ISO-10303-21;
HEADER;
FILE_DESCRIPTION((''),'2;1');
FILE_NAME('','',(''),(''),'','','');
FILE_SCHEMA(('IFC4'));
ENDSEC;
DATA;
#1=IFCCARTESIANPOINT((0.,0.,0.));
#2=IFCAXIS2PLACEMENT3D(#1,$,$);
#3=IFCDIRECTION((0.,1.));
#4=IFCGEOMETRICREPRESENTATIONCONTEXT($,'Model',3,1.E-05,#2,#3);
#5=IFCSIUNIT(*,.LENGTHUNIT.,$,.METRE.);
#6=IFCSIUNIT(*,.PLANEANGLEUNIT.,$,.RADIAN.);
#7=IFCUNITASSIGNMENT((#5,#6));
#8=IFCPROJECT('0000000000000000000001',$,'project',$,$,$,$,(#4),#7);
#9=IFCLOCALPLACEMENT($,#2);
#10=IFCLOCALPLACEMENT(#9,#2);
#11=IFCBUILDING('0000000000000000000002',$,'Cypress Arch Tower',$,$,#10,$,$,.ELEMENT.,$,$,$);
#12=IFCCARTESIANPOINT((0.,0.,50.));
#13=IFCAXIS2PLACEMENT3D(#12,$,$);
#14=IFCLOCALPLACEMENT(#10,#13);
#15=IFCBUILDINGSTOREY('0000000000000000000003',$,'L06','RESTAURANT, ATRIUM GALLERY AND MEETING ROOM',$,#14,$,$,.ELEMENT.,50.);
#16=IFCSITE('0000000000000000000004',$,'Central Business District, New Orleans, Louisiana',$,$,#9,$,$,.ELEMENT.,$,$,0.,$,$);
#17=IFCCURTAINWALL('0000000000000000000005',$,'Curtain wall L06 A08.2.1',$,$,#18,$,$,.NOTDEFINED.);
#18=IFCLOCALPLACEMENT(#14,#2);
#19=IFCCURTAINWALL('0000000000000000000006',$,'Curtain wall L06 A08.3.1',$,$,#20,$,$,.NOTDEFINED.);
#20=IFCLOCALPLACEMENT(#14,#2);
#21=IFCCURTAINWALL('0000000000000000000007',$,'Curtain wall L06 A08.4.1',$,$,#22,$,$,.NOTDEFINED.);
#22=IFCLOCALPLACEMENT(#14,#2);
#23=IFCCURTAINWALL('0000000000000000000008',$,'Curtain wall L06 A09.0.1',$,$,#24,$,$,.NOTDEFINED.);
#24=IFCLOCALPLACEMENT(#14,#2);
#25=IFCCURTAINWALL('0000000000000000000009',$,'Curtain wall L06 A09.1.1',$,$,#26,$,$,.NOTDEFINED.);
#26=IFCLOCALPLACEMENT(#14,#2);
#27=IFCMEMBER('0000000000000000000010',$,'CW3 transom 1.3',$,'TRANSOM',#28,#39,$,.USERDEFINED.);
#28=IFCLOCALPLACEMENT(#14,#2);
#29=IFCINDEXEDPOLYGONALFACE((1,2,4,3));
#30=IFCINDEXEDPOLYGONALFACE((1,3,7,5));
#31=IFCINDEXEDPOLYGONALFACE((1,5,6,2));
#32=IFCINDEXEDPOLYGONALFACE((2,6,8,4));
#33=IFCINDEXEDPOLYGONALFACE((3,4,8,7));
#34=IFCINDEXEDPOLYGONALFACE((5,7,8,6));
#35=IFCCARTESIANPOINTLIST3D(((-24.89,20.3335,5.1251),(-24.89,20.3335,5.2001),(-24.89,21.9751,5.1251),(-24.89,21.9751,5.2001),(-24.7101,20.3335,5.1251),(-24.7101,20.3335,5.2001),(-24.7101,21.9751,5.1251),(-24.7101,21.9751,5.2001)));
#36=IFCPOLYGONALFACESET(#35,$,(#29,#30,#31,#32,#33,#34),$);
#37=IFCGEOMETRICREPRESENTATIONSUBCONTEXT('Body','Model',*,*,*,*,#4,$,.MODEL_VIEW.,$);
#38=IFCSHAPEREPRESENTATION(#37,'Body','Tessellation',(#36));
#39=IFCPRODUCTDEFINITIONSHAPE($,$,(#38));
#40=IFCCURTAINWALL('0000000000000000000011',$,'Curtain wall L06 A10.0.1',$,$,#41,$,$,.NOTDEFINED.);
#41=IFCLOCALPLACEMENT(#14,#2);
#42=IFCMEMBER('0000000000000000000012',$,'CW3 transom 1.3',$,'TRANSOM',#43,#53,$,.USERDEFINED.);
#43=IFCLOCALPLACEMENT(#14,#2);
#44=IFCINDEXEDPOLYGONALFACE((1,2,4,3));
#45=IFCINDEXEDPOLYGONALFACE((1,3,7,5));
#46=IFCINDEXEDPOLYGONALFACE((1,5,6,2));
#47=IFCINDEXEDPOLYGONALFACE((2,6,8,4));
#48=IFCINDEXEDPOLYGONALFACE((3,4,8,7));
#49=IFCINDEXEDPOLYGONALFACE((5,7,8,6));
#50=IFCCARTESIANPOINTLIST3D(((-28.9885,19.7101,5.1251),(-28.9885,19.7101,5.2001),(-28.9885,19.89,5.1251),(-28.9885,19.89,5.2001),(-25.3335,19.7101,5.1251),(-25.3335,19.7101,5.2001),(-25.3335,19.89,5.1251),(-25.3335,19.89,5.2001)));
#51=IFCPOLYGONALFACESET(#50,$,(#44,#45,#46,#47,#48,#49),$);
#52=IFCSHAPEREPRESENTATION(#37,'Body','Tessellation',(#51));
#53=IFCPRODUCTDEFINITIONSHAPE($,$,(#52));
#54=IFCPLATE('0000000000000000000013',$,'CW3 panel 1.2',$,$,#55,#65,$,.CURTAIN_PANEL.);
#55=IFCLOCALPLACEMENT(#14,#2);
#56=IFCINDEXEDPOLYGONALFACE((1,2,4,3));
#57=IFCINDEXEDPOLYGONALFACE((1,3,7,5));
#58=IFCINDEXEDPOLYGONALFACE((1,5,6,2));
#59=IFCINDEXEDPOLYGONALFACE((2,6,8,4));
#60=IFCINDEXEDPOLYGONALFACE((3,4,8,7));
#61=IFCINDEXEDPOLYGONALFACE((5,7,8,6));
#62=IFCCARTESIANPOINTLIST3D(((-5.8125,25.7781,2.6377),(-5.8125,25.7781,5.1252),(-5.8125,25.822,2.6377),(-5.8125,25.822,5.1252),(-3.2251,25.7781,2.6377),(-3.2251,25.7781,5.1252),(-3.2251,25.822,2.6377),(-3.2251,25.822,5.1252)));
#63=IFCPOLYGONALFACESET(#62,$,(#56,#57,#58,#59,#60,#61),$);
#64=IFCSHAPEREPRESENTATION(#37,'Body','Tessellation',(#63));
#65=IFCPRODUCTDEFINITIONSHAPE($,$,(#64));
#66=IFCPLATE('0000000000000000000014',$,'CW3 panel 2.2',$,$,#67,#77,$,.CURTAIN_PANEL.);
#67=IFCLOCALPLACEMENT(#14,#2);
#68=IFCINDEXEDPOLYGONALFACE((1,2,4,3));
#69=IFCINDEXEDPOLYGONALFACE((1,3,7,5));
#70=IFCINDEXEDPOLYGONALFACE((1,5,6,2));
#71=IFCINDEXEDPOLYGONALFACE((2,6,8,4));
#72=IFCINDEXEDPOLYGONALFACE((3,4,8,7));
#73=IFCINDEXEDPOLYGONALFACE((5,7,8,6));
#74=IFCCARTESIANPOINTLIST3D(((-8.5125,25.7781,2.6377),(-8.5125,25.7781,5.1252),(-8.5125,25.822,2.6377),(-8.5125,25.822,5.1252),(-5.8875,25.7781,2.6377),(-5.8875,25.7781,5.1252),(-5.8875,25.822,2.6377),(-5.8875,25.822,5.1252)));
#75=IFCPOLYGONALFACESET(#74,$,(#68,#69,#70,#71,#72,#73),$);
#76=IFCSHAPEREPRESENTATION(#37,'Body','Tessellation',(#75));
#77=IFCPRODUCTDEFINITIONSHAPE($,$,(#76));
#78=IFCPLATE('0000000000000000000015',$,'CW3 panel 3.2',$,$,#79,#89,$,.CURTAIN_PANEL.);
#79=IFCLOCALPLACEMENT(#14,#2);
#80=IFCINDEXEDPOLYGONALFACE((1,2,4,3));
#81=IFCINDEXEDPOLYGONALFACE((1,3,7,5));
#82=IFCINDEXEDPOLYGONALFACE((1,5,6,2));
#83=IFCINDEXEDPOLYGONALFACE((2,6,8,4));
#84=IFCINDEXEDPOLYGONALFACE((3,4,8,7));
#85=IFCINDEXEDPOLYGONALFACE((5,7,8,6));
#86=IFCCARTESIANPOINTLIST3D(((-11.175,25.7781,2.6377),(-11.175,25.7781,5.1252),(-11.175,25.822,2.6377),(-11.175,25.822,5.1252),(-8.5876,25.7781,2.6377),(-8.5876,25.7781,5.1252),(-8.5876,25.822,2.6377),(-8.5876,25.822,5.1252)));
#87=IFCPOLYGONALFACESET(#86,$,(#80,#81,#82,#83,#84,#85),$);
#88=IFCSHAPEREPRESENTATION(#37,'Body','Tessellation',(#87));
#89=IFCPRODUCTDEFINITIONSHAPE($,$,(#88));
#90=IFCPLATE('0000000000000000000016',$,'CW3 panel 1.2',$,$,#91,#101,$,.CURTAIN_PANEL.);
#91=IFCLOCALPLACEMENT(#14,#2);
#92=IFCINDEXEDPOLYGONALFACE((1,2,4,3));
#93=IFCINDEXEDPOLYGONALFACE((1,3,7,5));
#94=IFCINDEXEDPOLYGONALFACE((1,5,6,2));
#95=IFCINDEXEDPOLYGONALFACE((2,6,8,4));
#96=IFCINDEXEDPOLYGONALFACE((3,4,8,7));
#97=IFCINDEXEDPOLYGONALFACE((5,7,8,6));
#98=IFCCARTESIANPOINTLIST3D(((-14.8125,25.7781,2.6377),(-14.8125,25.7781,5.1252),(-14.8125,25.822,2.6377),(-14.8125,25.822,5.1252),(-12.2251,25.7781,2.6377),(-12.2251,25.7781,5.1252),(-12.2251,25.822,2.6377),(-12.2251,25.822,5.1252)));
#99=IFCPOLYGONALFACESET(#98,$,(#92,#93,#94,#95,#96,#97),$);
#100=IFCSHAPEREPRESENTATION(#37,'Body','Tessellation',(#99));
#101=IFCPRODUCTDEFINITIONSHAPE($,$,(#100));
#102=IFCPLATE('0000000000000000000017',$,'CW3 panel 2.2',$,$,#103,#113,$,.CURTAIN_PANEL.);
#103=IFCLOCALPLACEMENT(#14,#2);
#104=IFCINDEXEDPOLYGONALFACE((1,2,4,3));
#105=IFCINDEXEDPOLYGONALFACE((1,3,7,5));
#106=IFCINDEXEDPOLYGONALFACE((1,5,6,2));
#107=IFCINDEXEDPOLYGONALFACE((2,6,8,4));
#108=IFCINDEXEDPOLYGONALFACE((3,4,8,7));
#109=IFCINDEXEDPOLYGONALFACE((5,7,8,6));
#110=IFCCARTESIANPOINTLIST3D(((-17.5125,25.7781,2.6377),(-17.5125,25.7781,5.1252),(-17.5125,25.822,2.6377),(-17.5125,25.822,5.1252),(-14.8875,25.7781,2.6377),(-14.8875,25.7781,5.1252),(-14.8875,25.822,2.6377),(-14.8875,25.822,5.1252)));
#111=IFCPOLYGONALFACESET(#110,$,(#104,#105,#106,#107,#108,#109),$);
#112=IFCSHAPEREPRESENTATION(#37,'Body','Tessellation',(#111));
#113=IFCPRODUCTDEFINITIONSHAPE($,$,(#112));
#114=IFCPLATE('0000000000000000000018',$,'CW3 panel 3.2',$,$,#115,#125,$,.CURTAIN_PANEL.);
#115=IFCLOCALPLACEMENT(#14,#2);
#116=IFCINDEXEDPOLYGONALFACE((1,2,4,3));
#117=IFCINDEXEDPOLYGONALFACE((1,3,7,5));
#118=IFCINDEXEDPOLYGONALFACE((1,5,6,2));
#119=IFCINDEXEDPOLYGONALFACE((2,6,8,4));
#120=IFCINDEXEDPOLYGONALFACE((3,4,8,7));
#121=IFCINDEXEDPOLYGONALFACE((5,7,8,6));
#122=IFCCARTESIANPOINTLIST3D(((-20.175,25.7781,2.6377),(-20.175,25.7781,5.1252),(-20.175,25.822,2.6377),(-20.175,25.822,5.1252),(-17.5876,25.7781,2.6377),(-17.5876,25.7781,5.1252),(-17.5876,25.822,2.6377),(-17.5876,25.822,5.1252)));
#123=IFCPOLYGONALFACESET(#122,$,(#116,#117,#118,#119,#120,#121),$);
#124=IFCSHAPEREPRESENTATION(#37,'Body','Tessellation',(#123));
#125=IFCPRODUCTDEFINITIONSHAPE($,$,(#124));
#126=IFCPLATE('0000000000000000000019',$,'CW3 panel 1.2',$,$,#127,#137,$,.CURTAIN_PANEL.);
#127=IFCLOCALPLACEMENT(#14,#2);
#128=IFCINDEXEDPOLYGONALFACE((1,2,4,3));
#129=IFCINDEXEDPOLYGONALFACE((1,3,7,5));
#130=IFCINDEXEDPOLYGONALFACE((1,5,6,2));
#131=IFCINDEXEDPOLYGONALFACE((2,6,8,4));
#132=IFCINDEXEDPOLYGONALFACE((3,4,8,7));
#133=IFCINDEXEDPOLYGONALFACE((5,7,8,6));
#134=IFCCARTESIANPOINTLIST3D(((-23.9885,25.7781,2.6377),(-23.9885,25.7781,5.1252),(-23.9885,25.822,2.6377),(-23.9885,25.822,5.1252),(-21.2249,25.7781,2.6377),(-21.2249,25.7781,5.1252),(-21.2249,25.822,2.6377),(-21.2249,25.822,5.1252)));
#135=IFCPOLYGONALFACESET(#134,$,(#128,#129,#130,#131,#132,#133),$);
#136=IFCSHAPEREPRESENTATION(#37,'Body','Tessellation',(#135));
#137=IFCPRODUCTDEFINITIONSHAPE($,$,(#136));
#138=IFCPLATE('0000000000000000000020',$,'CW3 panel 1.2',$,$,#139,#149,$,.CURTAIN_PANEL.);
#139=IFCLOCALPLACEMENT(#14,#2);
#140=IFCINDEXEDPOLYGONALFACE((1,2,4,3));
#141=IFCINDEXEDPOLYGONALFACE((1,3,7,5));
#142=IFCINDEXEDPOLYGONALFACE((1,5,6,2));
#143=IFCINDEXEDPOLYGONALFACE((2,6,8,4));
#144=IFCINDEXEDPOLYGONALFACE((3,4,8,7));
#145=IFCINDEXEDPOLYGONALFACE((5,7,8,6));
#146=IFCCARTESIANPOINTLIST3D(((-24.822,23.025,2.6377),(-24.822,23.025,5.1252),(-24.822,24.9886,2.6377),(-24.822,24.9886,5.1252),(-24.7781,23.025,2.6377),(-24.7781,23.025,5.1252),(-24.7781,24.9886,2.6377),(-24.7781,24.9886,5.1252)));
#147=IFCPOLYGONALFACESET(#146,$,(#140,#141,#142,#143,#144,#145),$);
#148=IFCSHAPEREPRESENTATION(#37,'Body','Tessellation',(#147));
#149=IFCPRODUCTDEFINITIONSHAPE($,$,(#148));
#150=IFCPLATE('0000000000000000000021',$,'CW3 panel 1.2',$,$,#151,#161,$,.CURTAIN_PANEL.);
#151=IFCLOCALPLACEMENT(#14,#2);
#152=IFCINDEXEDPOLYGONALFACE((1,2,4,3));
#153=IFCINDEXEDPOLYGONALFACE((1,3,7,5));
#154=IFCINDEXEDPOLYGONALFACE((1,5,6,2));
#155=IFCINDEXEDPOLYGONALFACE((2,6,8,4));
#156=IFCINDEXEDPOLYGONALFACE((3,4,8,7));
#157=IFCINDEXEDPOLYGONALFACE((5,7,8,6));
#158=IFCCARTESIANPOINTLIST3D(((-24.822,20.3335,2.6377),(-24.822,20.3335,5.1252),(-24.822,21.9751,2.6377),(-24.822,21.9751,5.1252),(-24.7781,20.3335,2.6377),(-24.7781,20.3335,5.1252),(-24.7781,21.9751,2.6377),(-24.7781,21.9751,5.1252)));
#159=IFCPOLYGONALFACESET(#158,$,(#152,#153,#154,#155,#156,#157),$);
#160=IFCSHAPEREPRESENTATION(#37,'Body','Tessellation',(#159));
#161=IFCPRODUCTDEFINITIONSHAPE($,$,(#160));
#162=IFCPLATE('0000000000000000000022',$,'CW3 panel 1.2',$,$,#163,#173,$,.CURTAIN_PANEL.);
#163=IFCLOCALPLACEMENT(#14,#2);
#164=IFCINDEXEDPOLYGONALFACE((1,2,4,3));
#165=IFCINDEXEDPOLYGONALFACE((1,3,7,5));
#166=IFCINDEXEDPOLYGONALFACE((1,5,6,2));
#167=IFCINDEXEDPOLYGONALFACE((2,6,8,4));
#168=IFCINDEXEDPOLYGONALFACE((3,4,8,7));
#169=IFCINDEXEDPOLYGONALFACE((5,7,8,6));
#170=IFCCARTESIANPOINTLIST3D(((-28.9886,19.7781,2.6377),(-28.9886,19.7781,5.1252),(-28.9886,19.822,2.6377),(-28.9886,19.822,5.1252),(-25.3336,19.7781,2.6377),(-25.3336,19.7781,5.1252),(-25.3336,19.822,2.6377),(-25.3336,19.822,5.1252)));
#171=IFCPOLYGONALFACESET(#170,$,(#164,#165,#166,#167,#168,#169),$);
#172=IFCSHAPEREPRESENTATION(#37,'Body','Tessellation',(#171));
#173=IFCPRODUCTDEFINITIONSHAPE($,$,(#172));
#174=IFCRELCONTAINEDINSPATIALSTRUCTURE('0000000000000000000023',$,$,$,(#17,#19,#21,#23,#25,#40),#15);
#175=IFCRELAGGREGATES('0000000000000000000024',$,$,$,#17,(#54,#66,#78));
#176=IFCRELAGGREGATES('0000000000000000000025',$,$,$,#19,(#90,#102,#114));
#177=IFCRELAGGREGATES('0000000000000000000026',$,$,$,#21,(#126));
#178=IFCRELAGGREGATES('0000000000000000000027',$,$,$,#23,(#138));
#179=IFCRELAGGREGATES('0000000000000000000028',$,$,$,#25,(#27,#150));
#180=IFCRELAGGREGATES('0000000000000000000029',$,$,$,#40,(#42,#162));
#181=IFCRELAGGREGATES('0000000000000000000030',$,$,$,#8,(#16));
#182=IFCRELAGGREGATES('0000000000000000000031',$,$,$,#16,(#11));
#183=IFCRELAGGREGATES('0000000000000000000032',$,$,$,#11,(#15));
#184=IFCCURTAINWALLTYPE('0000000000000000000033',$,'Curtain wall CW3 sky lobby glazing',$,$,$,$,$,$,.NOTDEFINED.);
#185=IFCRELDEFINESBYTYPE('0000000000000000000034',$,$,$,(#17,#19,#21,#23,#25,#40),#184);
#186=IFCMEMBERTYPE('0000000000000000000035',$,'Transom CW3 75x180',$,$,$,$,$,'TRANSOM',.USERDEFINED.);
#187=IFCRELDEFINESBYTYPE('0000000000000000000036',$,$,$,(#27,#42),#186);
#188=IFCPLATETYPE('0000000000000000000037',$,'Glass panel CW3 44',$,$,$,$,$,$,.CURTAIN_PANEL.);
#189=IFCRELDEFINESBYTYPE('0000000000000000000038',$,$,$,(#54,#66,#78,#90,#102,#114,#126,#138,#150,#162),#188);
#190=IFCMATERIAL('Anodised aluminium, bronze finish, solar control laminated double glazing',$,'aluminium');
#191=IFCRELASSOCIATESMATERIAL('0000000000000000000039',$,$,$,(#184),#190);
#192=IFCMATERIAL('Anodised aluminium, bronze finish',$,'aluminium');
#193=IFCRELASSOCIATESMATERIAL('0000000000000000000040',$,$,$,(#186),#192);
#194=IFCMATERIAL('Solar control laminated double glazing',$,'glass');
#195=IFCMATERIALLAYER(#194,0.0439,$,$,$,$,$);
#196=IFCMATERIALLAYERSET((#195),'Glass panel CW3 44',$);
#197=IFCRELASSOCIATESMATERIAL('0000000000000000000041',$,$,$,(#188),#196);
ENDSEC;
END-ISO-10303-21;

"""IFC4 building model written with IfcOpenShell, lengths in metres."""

from ifc_helpers import new_model, si_unit, direction, frame, origin, origin_2d, place, context, subcontext, project, spatial, rectangle, extrude, material, layer, layer_set, material_profile, profile_set, type_object, element, aggregate, save


model = new_model("IFC4")

# Units and contexts
model_context = context("Model", 3, precision=1e-05, world=origin(), true_north=direction((0.0, 1.0)))
body_context = subcontext(model_context, "Body", "Model", "MODEL_VIEW")
ifc_project = project(units=[si_unit("LENGTHUNIT", "METRE"), si_unit("PLANEANGLEUNIT", "RADIAN")], contexts=[model_context])

# Site, building, storey
site_placement = place(None, origin())
site = spatial("IfcSite", under=ifc_project, at=site_placement, Name="Central Business District, New Orleans, Louisiana", CompositionType="ELEMENT", RefElevation=0.0)
building_placement = place(site_placement, origin())
building = spatial("IfcBuilding", under=site, at=building_placement, Name="Cypress Arch Tower", CompositionType="ELEMENT")
storey_placement = place(building_placement, frame((0.0, 0.0, 50.0)))
storey = spatial("IfcBuildingStorey", under=building, at=storey_placement, Name="L06", Description="RESTAURANT, ATRIUM GALLERY AND MEETING ROOM", CompositionType="ELEMENT", Elevation=50.0)

# Curtain walls
ifc_material_1 = material(Name="Anodised aluminium, bronze finish, solar control laminated double glazing", Category="aluminium")
curtain_wall_type = type_object("IfcCurtainWallType", Name="Curtain wall CW3 sky lobby glazing", PredefinedType="NOTDEFINED", material=ifc_material_1)
curtain_wall_1_placement = place(storey_placement, origin())
curtain_wall_1 = element("IfcCurtainWall", 1, at=curtain_wall_1_placement, inside=storey, type_object=curtain_wall_type, Name="Curtain wall L06 A08.2.1", PredefinedType="NOTDEFINED")
ifc_material_2 = material(Name="Anodised aluminium, bronze finish", Category="aluminium")
ifc_material_profile_1 = material_profile(ifc_material_2, rectangle(XDim=0.1799, YDim=0.075, at=origin_2d()), Name="Transom 75x180")
ifc_profile_set_1 = profile_set([ifc_material_profile_1], Name="Anodised aluminium, bronze finish")
member_type = type_object("IfcMemberType", Name="Transom CW3 75x180", ElementType="TRANSOM", PredefinedType="USERDEFINED", material=ifc_profile_set_1)
curtain_wall_2_placement = place(storey_placement, origin())
curtain_wall_2 = element("IfcCurtainWall", 2, at=curtain_wall_2_placement, inside=storey, type_object=curtain_wall_type, Name="Curtain wall L06 A08.3.1", PredefinedType="NOTDEFINED")
curtain_wall_3_placement = place(storey_placement, origin())
curtain_wall_3 = element("IfcCurtainWall", 3, at=curtain_wall_3_placement, inside=storey, type_object=curtain_wall_type, Name="Curtain wall L06 A08.4.1", PredefinedType="NOTDEFINED")

# Curtain walls, members
curtain_wall_4_placement = place(storey_placement, origin())
curtain_wall_4 = element("IfcCurtainWall", 4, at=curtain_wall_4_placement, inside=storey, type_object=curtain_wall_type, Name="Curtain wall L06 A09.0.1", PredefinedType="NOTDEFINED")
curtain_wall_5_placement = place(storey_placement, origin())
curtain_wall_5 = element("IfcCurtainWall", 5, at=curtain_wall_5_placement, inside=storey, type_object=curtain_wall_type, Name="Curtain wall L06 A09.1.1", PredefinedType="NOTDEFINED")
member_1_placement = place(storey_placement, frame((-24.8, 21.9751, 5.1626), z_axis=(0.0, -1.0, 0.0), x_axis=(1.0, 0.0, 0.0)))
member_1 = element("IfcMember", 6, at=member_1_placement, type_object=member_type, Name="CW3 transom 1.3", ObjectType="TRANSOM", PredefinedType="USERDEFINED", context=body_context, shape_type="SweptSolid", body=[
    extrude(rectangle(XDim=0.1799, YDim=0.075, at=origin_2d()), origin(), (0.0, 0.0, 1.0), 1.6416),
])
curtain_wall_6_placement = place(storey_placement, origin())
curtain_wall_6 = element("IfcCurtainWall", 7, at=curtain_wall_6_placement, inside=storey, type_object=curtain_wall_type, Name="Curtain wall L06 A10.0.1", PredefinedType="NOTDEFINED")
member_2_placement = place(storey_placement, frame((-25.3335, 19.8, 5.1626), z_axis=(-1.0, 0.0, 0.0), x_axis=(0.0, -1.0, 0.0)))
member_2 = element("IfcMember", 8, at=member_2_placement, type_object=member_type, Name="CW3 transom 1.3", ObjectType="TRANSOM", PredefinedType="USERDEFINED", context=body_context, shape_type="SweptSolid", body=[
    extrude(rectangle(XDim=0.1799, YDim=0.075, at=origin_2d()), origin(), (0.0, 0.0, 1.0), 3.655),
])

# Plates
ifc_material_3 = material(Name="Solar control laminated double glazing", Category="glass")
ifc_layer = layer(ifc_material_3, 0.0439)
ifc_layer_set = layer_set([ifc_layer], Name="Glass panel CW3 44")
plate_type = type_object("IfcPlateType", Name="Glass panel CW3 44", PredefinedType="CURTAIN_PANEL", material=ifc_layer_set)
plate_1_placement = place(storey_placement, frame((-4.5188, 25.8, 2.6377), z_axis=(0.0, 0.0, 1.0), x_axis=(-1.0, 0.0, 0.0)))
plate_1 = element("IfcPlate", 9, at=plate_1_placement, type_object=plate_type, Name="CW3 panel 1.2", PredefinedType="CURTAIN_PANEL", context=body_context, shape_type="SweptSolid", body=[
    extrude(rectangle(XDim=2.5874, YDim=0.0439, at=origin_2d()), origin(), (0.0, 0.0, 1.0), 2.4875),
])
plate_2_placement = place(storey_placement, frame((-7.2, 25.8, 2.6377), z_axis=(0.0, 0.0, 1.0), x_axis=(-1.0, 0.0, 0.0)))
plate_2 = element("IfcPlate", 10, at=plate_2_placement, type_object=plate_type, Name="CW3 panel 2.2", PredefinedType="CURTAIN_PANEL", context=body_context, shape_type="SweptSolid", body=[
    extrude(rectangle(XDim=2.625, YDim=0.0439, at=origin_2d()), origin(), (0.0, 0.0, 1.0), 2.4875),
])
plate_3_placement = place(storey_placement, frame((-9.8813, 25.8, 2.6377), z_axis=(0.0, 0.0, 1.0), x_axis=(-1.0, 0.0, 0.0)))
plate_3 = element("IfcPlate", 11, at=plate_3_placement, type_object=plate_type, Name="CW3 panel 3.2", PredefinedType="CURTAIN_PANEL", context=body_context, shape_type="SweptSolid", body=[
    extrude(rectangle(XDim=2.5874, YDim=0.0439, at=origin_2d()), origin(), (0.0, 0.0, 1.0), 2.4875),
])
aggregate(curtain_wall_1, [plate_1, plate_2, plate_3])
plate_4_placement = place(storey_placement, frame((-13.5188, 25.8, 2.6377), z_axis=(0.0, 0.0, 1.0), x_axis=(-1.0, 0.0, 0.0)))
plate_4 = element("IfcPlate", 12, at=plate_4_placement, type_object=plate_type, Name="CW3 panel 1.2", PredefinedType="CURTAIN_PANEL", context=body_context, shape_type="SweptSolid", body=[
    extrude(rectangle(XDim=2.5874, YDim=0.0439, at=origin_2d()), origin(), (0.0, 0.0, 1.0), 2.4875),
])
plate_5_placement = place(storey_placement, frame((-16.2, 25.8, 2.6377), z_axis=(0.0, 0.0, 1.0), x_axis=(-1.0, 0.0, 0.0)))
plate_5 = element("IfcPlate", 13, at=plate_5_placement, type_object=plate_type, Name="CW3 panel 2.2", PredefinedType="CURTAIN_PANEL", context=body_context, shape_type="SweptSolid", body=[
    extrude(rectangle(XDim=2.625, YDim=0.0439, at=origin_2d()), origin(), (0.0, 0.0, 1.0), 2.4875),
])
plate_6_placement = place(storey_placement, frame((-18.8813, 25.8, 2.6377), z_axis=(0.0, 0.0, 1.0), x_axis=(-1.0, 0.0, 0.0)))
plate_6 = element("IfcPlate", 14, at=plate_6_placement, type_object=plate_type, Name="CW3 panel 3.2", PredefinedType="CURTAIN_PANEL", context=body_context, shape_type="SweptSolid", body=[
    extrude(rectangle(XDim=2.5874, YDim=0.0439, at=origin_2d()), origin(), (0.0, 0.0, 1.0), 2.4875),
])
aggregate(curtain_wall_2, [plate_4, plate_5, plate_6])
plate_7_placement = place(storey_placement, frame((-22.6067, 25.8, 2.6377), z_axis=(0.0, 0.0, 1.0), x_axis=(-1.0, 0.0, 0.0)))
plate_7 = element("IfcPlate", 15, at=plate_7_placement, type_object=plate_type, Name="CW3 panel 1.2", PredefinedType="CURTAIN_PANEL", context=body_context, shape_type="SweptSolid", body=[
    extrude(rectangle(XDim=2.7637, YDim=0.0439, at=origin_2d()), origin(), (0.0, 0.0, 1.0), 2.4875),
])
aggregate(curtain_wall_3, [plate_7])
plate_8_placement = place(storey_placement, frame((-24.8, 24.0068, 2.6377), z_axis=(0.0, 0.0, 1.0), x_axis=(0.0, -1.0, 0.0)))
plate_8 = element("IfcPlate", 16, at=plate_8_placement, type_object=plate_type, Name="CW3 panel 1.2", PredefinedType="CURTAIN_PANEL", context=body_context, shape_type="SweptSolid", body=[
    extrude(rectangle(XDim=1.9636, YDim=0.0439, at=origin_2d()), origin(), (0.0, 0.0, 1.0), 2.4875),
])
aggregate(curtain_wall_4, [plate_8])
plate_9_placement = place(storey_placement, frame((-24.8, 21.1543, 2.6377), z_axis=(0.0, 0.0, 1.0), x_axis=(0.0, -1.0, 0.0)))
plate_9 = element("IfcPlate", 17, at=plate_9_placement, type_object=plate_type, Name="CW3 panel 1.2", PredefinedType="CURTAIN_PANEL", context=body_context, shape_type="SweptSolid", body=[
    extrude(rectangle(XDim=1.6416, YDim=0.0439, at=origin_2d()), origin(), (0.0, 0.0, 1.0), 2.4875),
])
aggregate(curtain_wall_5, [member_1, plate_9])
plate_10_placement = place(storey_placement, frame((-27.1611, 19.8, 2.6377), z_axis=(0.0, 0.0, 1.0), x_axis=(-1.0, 0.0, 0.0)))
plate_10 = element("IfcPlate", 18, at=plate_10_placement, type_object=plate_type, Name="CW3 panel 1.2", PredefinedType="CURTAIN_PANEL", context=body_context, shape_type="SweptSolid", body=[
    extrude(rectangle(XDim=3.655, YDim=0.0439, at=origin_2d()), origin(), (0.0, 0.0, 1.0), 2.4875),
])
aggregate(curtain_wall_6, [member_2, plate_10])

save(model, "model.ifc")
